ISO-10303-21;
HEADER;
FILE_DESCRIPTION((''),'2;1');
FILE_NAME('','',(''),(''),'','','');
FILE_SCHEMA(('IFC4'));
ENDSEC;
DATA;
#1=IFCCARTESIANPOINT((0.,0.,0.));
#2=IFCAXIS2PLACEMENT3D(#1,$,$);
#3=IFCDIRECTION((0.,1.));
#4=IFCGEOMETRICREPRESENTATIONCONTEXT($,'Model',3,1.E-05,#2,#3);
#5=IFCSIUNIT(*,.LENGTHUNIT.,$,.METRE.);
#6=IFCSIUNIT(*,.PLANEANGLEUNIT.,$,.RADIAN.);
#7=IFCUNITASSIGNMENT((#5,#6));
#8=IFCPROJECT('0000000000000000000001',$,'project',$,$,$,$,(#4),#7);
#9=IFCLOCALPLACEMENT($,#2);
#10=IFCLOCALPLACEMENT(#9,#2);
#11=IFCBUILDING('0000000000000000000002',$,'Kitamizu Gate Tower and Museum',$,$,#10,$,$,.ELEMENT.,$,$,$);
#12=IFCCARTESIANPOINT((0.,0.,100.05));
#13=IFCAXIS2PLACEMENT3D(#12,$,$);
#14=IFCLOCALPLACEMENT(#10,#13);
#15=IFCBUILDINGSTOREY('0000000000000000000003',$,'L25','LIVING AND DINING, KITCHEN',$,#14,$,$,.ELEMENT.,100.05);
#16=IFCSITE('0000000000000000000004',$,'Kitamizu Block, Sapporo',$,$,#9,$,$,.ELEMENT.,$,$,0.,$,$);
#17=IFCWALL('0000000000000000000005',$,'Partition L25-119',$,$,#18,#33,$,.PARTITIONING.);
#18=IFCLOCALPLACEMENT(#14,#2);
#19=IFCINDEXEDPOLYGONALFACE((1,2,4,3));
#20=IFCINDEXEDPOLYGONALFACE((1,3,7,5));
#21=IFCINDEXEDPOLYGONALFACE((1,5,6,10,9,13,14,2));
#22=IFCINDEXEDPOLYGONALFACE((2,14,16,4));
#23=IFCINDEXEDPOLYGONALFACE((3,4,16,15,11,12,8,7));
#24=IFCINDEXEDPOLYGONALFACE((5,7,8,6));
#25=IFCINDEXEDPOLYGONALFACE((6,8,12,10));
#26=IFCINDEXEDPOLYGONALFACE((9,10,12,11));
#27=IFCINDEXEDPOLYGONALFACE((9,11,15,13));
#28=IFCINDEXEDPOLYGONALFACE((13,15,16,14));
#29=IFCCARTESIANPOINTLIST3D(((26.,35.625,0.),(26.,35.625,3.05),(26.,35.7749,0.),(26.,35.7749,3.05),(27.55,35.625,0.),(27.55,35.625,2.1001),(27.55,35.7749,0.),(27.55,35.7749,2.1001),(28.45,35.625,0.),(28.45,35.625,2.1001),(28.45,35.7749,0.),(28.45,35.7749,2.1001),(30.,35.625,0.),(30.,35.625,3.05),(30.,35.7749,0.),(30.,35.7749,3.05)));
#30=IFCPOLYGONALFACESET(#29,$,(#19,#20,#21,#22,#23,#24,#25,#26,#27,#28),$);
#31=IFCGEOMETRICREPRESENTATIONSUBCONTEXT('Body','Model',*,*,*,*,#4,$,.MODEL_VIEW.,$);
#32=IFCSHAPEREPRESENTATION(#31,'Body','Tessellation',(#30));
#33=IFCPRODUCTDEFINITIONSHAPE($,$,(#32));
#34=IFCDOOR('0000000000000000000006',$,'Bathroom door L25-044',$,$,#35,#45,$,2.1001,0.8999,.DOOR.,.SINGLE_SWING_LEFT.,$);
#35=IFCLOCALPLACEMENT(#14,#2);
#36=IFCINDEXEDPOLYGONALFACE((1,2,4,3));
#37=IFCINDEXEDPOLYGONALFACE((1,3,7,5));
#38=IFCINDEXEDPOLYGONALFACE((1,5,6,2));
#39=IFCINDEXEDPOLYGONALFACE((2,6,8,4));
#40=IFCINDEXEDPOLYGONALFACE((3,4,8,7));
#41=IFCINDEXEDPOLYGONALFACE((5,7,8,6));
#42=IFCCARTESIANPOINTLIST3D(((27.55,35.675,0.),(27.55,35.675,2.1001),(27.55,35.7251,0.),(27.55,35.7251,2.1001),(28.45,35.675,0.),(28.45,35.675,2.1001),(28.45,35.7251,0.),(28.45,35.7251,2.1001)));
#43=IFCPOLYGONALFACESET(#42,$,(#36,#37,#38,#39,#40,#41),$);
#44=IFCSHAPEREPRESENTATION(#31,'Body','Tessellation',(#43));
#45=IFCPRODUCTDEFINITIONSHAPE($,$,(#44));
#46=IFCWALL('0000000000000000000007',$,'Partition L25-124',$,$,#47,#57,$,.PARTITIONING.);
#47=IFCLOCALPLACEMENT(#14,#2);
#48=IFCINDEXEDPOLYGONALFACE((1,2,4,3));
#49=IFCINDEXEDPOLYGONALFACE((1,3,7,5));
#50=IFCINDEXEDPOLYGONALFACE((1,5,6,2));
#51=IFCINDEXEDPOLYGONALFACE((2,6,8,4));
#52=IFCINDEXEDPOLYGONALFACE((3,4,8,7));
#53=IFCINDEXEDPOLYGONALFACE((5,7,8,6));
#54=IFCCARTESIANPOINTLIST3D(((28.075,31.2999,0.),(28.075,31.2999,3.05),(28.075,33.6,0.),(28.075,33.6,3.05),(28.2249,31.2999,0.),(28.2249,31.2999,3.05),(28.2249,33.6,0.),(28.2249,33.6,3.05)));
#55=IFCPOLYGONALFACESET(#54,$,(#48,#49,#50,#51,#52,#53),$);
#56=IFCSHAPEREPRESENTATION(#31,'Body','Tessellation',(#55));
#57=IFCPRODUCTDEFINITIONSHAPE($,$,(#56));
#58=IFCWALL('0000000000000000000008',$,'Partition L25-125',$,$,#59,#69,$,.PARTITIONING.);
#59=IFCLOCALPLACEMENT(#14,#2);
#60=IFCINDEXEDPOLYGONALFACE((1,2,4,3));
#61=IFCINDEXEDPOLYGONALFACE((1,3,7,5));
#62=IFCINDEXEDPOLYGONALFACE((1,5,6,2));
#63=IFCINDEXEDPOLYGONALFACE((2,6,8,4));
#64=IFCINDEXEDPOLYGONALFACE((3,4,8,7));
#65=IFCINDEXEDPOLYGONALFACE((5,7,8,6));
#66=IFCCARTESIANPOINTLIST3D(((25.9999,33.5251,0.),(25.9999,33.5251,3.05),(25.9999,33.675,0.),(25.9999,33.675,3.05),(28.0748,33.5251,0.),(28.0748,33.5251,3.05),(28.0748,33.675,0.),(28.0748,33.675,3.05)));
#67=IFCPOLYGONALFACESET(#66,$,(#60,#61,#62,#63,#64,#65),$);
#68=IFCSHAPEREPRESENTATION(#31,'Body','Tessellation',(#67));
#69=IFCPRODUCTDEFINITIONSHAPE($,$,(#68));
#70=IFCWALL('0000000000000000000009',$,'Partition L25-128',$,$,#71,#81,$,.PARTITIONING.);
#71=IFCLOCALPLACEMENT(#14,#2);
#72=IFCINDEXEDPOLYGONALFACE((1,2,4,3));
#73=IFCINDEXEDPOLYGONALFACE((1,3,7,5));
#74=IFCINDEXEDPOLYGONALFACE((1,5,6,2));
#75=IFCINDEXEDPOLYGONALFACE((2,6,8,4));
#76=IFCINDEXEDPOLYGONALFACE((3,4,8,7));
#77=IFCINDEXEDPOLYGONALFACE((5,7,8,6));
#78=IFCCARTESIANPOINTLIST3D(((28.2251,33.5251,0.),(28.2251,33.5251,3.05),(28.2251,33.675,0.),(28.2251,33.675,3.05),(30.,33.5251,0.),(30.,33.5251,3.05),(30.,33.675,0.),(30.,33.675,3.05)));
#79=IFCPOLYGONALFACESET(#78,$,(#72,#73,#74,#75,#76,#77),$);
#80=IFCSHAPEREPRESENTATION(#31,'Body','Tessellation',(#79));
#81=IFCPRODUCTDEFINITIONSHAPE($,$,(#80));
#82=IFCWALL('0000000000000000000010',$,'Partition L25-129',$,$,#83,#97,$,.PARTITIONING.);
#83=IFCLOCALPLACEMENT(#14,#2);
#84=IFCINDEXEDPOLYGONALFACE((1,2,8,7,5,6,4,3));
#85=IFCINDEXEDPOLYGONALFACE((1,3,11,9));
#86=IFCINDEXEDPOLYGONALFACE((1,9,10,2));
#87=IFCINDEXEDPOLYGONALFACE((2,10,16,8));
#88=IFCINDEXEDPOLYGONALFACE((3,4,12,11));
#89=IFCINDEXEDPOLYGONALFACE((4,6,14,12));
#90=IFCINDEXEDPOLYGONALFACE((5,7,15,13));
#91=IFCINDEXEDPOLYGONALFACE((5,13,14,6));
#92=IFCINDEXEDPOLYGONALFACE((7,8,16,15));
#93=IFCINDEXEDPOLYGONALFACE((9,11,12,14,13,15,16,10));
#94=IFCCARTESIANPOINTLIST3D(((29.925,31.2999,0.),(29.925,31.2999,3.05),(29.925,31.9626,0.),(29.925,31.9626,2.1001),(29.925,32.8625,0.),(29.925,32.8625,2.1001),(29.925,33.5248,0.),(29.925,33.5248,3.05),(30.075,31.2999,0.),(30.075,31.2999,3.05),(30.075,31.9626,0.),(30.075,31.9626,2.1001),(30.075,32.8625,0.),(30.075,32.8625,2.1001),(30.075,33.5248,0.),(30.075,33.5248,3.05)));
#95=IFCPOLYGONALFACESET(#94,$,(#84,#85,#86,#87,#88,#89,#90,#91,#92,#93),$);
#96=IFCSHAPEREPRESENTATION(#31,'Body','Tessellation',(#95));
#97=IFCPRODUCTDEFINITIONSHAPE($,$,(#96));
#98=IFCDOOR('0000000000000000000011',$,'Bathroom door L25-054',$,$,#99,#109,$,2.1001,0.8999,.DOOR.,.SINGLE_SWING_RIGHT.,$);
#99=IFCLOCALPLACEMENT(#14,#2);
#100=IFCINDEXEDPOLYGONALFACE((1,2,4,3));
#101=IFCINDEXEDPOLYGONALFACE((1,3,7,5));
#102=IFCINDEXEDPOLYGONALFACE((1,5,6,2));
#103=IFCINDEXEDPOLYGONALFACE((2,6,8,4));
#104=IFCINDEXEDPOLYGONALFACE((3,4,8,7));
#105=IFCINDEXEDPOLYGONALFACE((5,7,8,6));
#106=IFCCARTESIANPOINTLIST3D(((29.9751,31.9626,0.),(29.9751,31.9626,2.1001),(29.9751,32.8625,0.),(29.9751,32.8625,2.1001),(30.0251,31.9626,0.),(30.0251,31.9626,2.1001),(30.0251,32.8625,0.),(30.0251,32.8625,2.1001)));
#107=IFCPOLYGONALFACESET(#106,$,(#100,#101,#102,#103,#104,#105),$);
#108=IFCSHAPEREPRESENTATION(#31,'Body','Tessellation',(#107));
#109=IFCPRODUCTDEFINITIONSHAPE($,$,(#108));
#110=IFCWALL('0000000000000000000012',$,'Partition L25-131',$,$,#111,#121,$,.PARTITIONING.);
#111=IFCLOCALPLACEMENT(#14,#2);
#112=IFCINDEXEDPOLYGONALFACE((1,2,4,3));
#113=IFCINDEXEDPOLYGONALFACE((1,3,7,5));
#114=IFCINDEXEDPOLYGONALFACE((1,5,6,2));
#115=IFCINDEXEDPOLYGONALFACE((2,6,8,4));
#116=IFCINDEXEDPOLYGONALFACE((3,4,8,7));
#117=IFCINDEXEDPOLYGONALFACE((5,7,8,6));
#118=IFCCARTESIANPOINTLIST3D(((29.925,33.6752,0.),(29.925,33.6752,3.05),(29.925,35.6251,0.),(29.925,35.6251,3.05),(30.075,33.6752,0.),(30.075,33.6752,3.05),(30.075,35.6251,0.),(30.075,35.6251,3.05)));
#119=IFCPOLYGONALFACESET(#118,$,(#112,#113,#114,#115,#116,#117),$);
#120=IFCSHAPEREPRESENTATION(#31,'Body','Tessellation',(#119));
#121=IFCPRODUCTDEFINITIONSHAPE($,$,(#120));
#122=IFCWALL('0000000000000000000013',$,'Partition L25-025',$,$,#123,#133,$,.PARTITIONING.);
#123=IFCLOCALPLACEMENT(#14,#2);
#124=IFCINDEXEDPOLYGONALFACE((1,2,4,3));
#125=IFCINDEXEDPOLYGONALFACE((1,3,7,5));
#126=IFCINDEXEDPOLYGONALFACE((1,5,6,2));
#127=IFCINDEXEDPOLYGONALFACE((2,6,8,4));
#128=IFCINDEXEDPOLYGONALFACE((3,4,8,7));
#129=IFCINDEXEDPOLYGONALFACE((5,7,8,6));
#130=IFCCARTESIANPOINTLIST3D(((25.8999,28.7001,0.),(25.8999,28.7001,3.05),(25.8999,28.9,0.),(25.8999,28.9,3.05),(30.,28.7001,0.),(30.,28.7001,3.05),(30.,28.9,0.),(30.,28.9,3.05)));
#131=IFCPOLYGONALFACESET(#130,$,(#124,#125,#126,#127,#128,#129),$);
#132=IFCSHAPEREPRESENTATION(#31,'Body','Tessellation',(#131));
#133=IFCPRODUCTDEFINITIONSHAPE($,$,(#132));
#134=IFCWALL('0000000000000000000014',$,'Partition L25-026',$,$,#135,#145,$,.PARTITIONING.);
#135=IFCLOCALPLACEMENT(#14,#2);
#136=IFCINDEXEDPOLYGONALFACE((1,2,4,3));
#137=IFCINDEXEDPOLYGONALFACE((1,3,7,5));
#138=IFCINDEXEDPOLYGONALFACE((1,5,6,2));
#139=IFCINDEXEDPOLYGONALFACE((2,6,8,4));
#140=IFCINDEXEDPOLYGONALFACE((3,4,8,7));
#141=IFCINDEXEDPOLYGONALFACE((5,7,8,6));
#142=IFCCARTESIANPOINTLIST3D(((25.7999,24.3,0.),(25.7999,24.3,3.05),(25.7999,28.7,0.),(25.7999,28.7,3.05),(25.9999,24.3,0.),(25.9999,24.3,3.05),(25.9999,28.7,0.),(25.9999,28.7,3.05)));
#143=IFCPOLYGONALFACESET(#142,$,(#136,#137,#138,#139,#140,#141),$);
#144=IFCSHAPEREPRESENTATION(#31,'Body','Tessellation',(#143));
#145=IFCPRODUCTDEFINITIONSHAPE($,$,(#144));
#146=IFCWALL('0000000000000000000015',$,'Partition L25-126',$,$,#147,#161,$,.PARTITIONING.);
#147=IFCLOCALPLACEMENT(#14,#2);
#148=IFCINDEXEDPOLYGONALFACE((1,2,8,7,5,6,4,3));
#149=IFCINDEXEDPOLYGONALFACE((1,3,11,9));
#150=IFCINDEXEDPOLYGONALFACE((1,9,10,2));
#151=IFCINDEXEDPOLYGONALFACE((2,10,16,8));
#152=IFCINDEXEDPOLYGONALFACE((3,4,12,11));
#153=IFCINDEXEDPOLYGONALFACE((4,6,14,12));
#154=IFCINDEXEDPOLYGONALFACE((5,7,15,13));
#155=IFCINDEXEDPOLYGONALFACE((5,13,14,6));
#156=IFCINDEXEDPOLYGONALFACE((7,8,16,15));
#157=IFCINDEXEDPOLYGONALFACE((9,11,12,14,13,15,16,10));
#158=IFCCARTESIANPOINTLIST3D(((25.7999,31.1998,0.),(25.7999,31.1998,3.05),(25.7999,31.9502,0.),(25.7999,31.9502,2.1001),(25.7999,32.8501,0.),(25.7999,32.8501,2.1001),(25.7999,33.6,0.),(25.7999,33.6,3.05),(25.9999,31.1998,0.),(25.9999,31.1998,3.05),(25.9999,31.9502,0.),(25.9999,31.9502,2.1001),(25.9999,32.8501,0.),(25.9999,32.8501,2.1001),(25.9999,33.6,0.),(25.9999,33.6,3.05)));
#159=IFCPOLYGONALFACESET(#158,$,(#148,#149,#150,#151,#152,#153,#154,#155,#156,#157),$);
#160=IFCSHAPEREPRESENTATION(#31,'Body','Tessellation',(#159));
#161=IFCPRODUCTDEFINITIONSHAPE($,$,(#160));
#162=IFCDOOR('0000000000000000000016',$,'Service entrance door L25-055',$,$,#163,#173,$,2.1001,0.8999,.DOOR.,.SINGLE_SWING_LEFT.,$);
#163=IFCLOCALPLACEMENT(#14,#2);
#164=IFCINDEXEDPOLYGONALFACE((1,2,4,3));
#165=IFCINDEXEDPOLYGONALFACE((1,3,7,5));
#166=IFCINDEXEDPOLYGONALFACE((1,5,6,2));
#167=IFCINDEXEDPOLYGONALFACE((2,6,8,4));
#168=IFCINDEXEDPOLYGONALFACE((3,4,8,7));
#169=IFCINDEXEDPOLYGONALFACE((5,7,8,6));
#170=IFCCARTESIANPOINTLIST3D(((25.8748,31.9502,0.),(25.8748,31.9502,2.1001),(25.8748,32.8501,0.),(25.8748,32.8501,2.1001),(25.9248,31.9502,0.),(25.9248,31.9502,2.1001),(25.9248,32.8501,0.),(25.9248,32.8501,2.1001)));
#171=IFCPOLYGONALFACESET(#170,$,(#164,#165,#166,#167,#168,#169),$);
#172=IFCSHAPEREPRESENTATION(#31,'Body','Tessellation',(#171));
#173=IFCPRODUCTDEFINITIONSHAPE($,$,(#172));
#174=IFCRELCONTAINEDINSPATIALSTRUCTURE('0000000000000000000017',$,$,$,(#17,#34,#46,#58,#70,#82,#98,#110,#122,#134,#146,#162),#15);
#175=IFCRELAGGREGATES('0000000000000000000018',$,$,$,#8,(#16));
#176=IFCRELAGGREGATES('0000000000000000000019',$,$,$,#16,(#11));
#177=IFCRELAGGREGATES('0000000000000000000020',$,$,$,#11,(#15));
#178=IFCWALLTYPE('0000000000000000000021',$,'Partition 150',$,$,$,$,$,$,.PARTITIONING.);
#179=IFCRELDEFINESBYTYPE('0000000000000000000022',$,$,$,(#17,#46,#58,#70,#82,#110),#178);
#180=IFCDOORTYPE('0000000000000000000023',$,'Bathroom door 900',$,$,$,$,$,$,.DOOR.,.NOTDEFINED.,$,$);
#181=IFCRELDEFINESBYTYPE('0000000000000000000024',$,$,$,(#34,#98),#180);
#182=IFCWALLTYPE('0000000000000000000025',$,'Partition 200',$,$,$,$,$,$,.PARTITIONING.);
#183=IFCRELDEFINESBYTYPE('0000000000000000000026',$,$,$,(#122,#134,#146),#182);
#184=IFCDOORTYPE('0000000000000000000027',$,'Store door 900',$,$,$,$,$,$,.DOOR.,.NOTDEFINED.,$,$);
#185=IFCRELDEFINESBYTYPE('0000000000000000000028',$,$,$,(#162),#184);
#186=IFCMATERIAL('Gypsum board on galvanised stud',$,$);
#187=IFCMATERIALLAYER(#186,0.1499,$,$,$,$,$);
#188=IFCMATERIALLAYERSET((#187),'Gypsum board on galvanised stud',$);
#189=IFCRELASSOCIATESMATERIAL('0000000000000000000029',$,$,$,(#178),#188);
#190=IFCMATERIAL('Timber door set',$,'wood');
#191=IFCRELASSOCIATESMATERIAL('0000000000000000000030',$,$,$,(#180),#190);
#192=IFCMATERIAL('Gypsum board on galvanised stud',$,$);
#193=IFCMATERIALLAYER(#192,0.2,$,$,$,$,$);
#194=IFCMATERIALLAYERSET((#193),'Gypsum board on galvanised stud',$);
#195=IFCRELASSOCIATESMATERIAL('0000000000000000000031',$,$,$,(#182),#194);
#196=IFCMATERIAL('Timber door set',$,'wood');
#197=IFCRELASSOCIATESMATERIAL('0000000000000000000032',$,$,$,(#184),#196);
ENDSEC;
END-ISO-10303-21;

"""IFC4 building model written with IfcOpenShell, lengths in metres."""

from ifc_helpers import new_model, si_unit, direction, frame, frame_2d, origin, place, context, subcontext, project, spatial, rectangle, extrude, material, layer, layer_set, type_object, element, fill, save


model = new_model("IFC4")

# Units and contexts
model_context = context("Model", 3, precision=1e-05, world=origin(), true_north=direction((0.0, 1.0)))
body_context = subcontext(model_context, "Body", "Model", "MODEL_VIEW")
ifc_project = project(units=[si_unit("LENGTHUNIT", "METRE"), si_unit("PLANEANGLEUNIT", "RADIAN")], contexts=[model_context])

# Site, building, storey
site_placement = place(None, origin())
site = spatial("IfcSite", under=ifc_project, at=site_placement, Name="Kitamizu Block, Sapporo", CompositionType="ELEMENT", RefElevation=0.0)
building_placement = place(site_placement, origin())
building = spatial("IfcBuilding", under=site, at=building_placement, Name="Kitamizu Gate Tower and Museum", CompositionType="ELEMENT")
storey_placement = place(building_placement, frame((0.0, 0.0, 100.05)))
storey = spatial("IfcBuildingStorey", under=building, at=storey_placement, Name="L25", Description="LIVING AND DINING, KITCHEN", CompositionType="ELEMENT", Elevation=100.05)

# Wall, opening, door
ifc_material_1 = material(Name="Gypsum board on galvanised stud")
ifc_layer_1 = layer(ifc_material_1, 0.1499)
ifc_layer_set_1 = layer_set([ifc_layer_1], Name="Gypsum board on galvanised stud")
wall_type_1 = type_object("IfcWallType", Name="Partition 150", PredefinedType="PARTITIONING", material=ifc_layer_set_1)
wall_1_placement = place(storey_placement, frame((26.0, 35.7, 0.0), z_axis=(0.0, 0.0, 1.0), x_axis=(1.0, 0.0, 0.0)))
wall_1 = element("IfcWall", 1, at=wall_1_placement, inside=storey, type_object=wall_type_1, Name="Partition L25-119", PredefinedType="PARTITIONING", context=body_context, shape_type="SweptSolid", body=[
    extrude(rectangle(XDim=4.0, YDim=0.1499, at=frame_2d((2.0, 0.0))), origin(), (0.0, 0.0, 1.0), 3.05),
])
opening_1_placement = place(wall_1_placement, frame((1.55, 0.0, 0.0)))
opening_1 = element("IfcOpeningElement", 2, at=opening_1_placement, cuts=wall_1, PredefinedType="OPENING", context=body_context, shape_type="SweptSolid", body=[
    extrude(rectangle(XDim=0.8999, YDim=2.1001, at=frame_2d((0.45, 1.05))), frame((0.0, 0.085, 0.0), z_axis=(0.0, -1.0, 0.0), x_axis=(1.0, 0.0, 0.0)), (0.0, 0.0, 1.0), 0.1699),
])
ifc_material_2 = material(Name="Timber door set", Category="wood")
door_type_1 = type_object("IfcDoorType", Name="Bathroom door 900", OperationType="NOTDEFINED", PredefinedType="DOOR", material=ifc_material_2)
door_1_placement = place(opening_1_placement, frame((0.8999, 0.0, 0.0), x_axis=(-1.0, 0.0, 0.0)))
door_1 = element("IfcDoor", 3, at=door_1_placement, inside=storey, type_object=door_type_1, Name="Bathroom door L25-044", OperationType="SINGLE_SWING_LEFT", OverallHeight=2.1001, OverallWidth=0.8999, PredefinedType="DOOR", context=body_context, shape_type="SweptSolid", body=[
    extrude(rectangle(XDim=0.8999, YDim=2.1001, at=frame_2d((0.45, 1.05))), frame((0.0, 0.0249, 0.0), z_axis=(0.0, -1.0, 0.0), x_axis=(1.0, 0.0, 0.0)), (0.0, 0.0, 1.0), 0.05),
])
fill(opening_1, door_1)

# Walls
wall_2_placement = place(storey_placement, frame((28.1499, 31.3, 0.0), z_axis=(0.0, 0.0, 1.0), x_axis=(0.0, 1.0, 0.0)))
element("IfcWall", 4, at=wall_2_placement, inside=storey, type_object=wall_type_1, Name="Partition L25-124", PredefinedType="PARTITIONING", context=body_context, shape_type="SweptSolid", body=[
    extrude(rectangle(XDim=2.3, YDim=0.1499, at=frame_2d((1.1499, 0.0))), origin(), (0.0, 0.0, 1.0), 3.05),
])
wall_3_placement = place(storey_placement, frame((28.075, 33.6001, 0.0), z_axis=(0.0, 0.0, 1.0), x_axis=(-1.0, 0.0, 0.0)))
element("IfcWall", 5, at=wall_3_placement, inside=storey, type_object=wall_type_1, Name="Partition L25-125", PredefinedType="PARTITIONING", context=body_context, shape_type="SweptSolid", body=[
    extrude(rectangle(XDim=2.075, YDim=0.1499, at=frame_2d((1.0376, 0.0))), origin(), (0.0, 0.0, 1.0), 3.05),
])
wall_4_placement = place(storey_placement, frame((30.0, 33.6001, 0.0), z_axis=(0.0, 0.0, 1.0), x_axis=(-1.0, 0.0, 0.0)))
element("IfcWall", 6, at=wall_4_placement, inside=storey, type_object=wall_type_1, Name="Partition L25-128", PredefinedType="PARTITIONING", context=body_context, shape_type="SweptSolid", body=[
    extrude(rectangle(XDim=1.7749, YDim=0.1499, at=frame_2d((0.8875, 0.0))), origin(), (0.0, 0.0, 1.0), 3.05),
])

# Wall, opening, door
wall_5_placement = place(storey_placement, frame((30.0, 31.3, 0.0), z_axis=(0.0, 0.0, 1.0), x_axis=(0.0, 1.0, 0.0)))
wall_5 = element("IfcWall", 7, at=wall_5_placement, inside=storey, type_object=wall_type_1, Name="Partition L25-129", PredefinedType="PARTITIONING", context=body_context, shape_type="SweptSolid", body=[
    extrude(rectangle(XDim=2.2249, YDim=0.1499, at=frame_2d((1.1123, 0.0))), origin(), (0.0, 0.0, 1.0), 3.05),
])
opening_2_placement = place(wall_5_placement, frame((0.6626, 0.0, 0.0)))
opening_2 = element("IfcOpeningElement", 8, at=opening_2_placement, cuts=wall_5, PredefinedType="OPENING", context=body_context, shape_type="SweptSolid", body=[
    extrude(rectangle(XDim=0.8999, YDim=2.1001, at=frame_2d((0.45, 1.05))), frame((0.0, 0.085, 0.0), z_axis=(0.0, -1.0, 0.0), x_axis=(1.0, 0.0, 0.0)), (0.0, 0.0, 1.0), 0.1699),
])
door_2_placement = place(opening_2_placement, origin())
door_2 = element("IfcDoor", 9, at=door_2_placement, inside=storey, type_object=door_type_1, Name="Bathroom door L25-054", OperationType="SINGLE_SWING_RIGHT", OverallHeight=2.1001, OverallWidth=0.8999, PredefinedType="DOOR", context=body_context, shape_type="SweptSolid", body=[
    extrude(rectangle(XDim=0.8999, YDim=2.1001, at=frame_2d((0.45, 1.05))), frame((0.0, 0.0249, 0.0), z_axis=(0.0, -1.0, 0.0), x_axis=(1.0, 0.0, 0.0)), (0.0, 0.0, 1.0), 0.05),
])
fill(opening_2, door_2)

# Walls
wall_6_placement = place(storey_placement, frame((30.0, 33.675, 0.0), z_axis=(0.0, 0.0, 1.0), x_axis=(0.0, 1.0, 0.0)))
element("IfcWall", 10, at=wall_6_placement, inside=storey, type_object=wall_type_1, Name="Partition L25-131", PredefinedType="PARTITIONING", context=body_context, shape_type="SweptSolid", body=[
    extrude(rectangle(XDim=1.95, YDim=0.1499, at=frame_2d((0.9751, 0.0))), origin(), (0.0, 0.0, 1.0), 3.05),
])
ifc_material_3 = material(Name="Gypsum board on galvanised stud")
ifc_layer_2 = layer(ifc_material_3, 0.2)
ifc_layer_set_2 = layer_set([ifc_layer_2], Name="Gypsum board on galvanised stud")
wall_type_2 = type_object("IfcWallType", Name="Partition 200", PredefinedType="PARTITIONING", material=ifc_layer_set_2)
wall_7_placement = place(storey_placement, frame((30.0, 28.8, 0.0), z_axis=(0.0, 0.0, 1.0), x_axis=(-1.0, 0.0, 0.0)))
element("IfcWall", 11, at=wall_7_placement, inside=storey, type_object=wall_type_2, Name="Partition L25-025", PredefinedType="PARTITIONING", context=body_context, shape_type="SweptSolid", body=[
    extrude(rectangle(XDim=4.1001, YDim=0.2, at=frame_2d((2.05, 0.0))), origin(), (0.0, 0.0, 1.0), 3.05),
])
wall_8_placement = place(storey_placement, frame((25.8999, 28.7, 0.0), z_axis=(0.0, 0.0, 1.0), x_axis=(0.0, -1.0, 0.0)))
element("IfcWall", 12, at=wall_8_placement, inside=storey, type_object=wall_type_2, Name="Partition L25-026", PredefinedType="PARTITIONING", context=body_context, shape_type="SweptSolid", body=[
    extrude(rectangle(XDim=4.3999, YDim=0.2, at=frame_2d((2.2, 0.0))), origin(), (0.0, 0.0, 1.0), 3.05),
])

# Wall, opening, door
wall_9_placement = place(storey_placement, frame((25.8999, 33.6001, 0.0), z_axis=(0.0, 0.0, 1.0), x_axis=(0.0, -1.0, 0.0)))
wall_9 = element("IfcWall", 13, at=wall_9_placement, inside=storey, type_object=wall_type_2, Name="Partition L25-126", PredefinedType="PARTITIONING", context=body_context, shape_type="SweptSolid", body=[
    extrude(rectangle(XDim=2.4001, YDim=0.2, at=frame_2d((1.2002, 0.0))), origin(), (0.0, 0.0, 1.0), 3.05),
])
opening_3_placement = place(wall_9_placement, frame((0.75, 0.0, 0.0)))
opening_3 = element("IfcOpeningElement", 14, at=opening_3_placement, cuts=wall_9, PredefinedType="OPENING", context=body_context, shape_type="SweptSolid", body=[
    extrude(rectangle(XDim=0.8999, YDim=2.1001, at=frame_2d((0.45, 1.05))), frame((0.0, 0.1099, 0.0), z_axis=(0.0, -1.0, 0.0), x_axis=(1.0, 0.0, 0.0)), (0.0, 0.0, 1.0), 0.22),
])
ifc_material_4 = material(Name="Timber door set", Category="wood")
door_type_2 = type_object("IfcDoorType", Name="Store door 900", OperationType="NOTDEFINED", PredefinedType="DOOR", material=ifc_material_4)
door_3_placement = place(opening_3_placement, origin())
door_3 = element("IfcDoor", 15, at=door_3_placement, inside=storey, type_object=door_type_2, Name="Service entrance door L25-055", OperationType="SINGLE_SWING_LEFT", OverallHeight=2.1001, OverallWidth=0.8999, PredefinedType="DOOR", context=body_context, shape_type="SweptSolid", body=[
    extrude(rectangle(XDim=0.8999, YDim=2.1001, at=frame_2d((0.45, 1.05))), frame((0.0, 0.0249, 0.0), z_axis=(0.0, -1.0, 0.0), x_axis=(1.0, 0.0, 0.0)), (0.0, 0.0, 1.0), 0.05),
])
fill(opening_3, door_3)

save(model, "model.ifc")
